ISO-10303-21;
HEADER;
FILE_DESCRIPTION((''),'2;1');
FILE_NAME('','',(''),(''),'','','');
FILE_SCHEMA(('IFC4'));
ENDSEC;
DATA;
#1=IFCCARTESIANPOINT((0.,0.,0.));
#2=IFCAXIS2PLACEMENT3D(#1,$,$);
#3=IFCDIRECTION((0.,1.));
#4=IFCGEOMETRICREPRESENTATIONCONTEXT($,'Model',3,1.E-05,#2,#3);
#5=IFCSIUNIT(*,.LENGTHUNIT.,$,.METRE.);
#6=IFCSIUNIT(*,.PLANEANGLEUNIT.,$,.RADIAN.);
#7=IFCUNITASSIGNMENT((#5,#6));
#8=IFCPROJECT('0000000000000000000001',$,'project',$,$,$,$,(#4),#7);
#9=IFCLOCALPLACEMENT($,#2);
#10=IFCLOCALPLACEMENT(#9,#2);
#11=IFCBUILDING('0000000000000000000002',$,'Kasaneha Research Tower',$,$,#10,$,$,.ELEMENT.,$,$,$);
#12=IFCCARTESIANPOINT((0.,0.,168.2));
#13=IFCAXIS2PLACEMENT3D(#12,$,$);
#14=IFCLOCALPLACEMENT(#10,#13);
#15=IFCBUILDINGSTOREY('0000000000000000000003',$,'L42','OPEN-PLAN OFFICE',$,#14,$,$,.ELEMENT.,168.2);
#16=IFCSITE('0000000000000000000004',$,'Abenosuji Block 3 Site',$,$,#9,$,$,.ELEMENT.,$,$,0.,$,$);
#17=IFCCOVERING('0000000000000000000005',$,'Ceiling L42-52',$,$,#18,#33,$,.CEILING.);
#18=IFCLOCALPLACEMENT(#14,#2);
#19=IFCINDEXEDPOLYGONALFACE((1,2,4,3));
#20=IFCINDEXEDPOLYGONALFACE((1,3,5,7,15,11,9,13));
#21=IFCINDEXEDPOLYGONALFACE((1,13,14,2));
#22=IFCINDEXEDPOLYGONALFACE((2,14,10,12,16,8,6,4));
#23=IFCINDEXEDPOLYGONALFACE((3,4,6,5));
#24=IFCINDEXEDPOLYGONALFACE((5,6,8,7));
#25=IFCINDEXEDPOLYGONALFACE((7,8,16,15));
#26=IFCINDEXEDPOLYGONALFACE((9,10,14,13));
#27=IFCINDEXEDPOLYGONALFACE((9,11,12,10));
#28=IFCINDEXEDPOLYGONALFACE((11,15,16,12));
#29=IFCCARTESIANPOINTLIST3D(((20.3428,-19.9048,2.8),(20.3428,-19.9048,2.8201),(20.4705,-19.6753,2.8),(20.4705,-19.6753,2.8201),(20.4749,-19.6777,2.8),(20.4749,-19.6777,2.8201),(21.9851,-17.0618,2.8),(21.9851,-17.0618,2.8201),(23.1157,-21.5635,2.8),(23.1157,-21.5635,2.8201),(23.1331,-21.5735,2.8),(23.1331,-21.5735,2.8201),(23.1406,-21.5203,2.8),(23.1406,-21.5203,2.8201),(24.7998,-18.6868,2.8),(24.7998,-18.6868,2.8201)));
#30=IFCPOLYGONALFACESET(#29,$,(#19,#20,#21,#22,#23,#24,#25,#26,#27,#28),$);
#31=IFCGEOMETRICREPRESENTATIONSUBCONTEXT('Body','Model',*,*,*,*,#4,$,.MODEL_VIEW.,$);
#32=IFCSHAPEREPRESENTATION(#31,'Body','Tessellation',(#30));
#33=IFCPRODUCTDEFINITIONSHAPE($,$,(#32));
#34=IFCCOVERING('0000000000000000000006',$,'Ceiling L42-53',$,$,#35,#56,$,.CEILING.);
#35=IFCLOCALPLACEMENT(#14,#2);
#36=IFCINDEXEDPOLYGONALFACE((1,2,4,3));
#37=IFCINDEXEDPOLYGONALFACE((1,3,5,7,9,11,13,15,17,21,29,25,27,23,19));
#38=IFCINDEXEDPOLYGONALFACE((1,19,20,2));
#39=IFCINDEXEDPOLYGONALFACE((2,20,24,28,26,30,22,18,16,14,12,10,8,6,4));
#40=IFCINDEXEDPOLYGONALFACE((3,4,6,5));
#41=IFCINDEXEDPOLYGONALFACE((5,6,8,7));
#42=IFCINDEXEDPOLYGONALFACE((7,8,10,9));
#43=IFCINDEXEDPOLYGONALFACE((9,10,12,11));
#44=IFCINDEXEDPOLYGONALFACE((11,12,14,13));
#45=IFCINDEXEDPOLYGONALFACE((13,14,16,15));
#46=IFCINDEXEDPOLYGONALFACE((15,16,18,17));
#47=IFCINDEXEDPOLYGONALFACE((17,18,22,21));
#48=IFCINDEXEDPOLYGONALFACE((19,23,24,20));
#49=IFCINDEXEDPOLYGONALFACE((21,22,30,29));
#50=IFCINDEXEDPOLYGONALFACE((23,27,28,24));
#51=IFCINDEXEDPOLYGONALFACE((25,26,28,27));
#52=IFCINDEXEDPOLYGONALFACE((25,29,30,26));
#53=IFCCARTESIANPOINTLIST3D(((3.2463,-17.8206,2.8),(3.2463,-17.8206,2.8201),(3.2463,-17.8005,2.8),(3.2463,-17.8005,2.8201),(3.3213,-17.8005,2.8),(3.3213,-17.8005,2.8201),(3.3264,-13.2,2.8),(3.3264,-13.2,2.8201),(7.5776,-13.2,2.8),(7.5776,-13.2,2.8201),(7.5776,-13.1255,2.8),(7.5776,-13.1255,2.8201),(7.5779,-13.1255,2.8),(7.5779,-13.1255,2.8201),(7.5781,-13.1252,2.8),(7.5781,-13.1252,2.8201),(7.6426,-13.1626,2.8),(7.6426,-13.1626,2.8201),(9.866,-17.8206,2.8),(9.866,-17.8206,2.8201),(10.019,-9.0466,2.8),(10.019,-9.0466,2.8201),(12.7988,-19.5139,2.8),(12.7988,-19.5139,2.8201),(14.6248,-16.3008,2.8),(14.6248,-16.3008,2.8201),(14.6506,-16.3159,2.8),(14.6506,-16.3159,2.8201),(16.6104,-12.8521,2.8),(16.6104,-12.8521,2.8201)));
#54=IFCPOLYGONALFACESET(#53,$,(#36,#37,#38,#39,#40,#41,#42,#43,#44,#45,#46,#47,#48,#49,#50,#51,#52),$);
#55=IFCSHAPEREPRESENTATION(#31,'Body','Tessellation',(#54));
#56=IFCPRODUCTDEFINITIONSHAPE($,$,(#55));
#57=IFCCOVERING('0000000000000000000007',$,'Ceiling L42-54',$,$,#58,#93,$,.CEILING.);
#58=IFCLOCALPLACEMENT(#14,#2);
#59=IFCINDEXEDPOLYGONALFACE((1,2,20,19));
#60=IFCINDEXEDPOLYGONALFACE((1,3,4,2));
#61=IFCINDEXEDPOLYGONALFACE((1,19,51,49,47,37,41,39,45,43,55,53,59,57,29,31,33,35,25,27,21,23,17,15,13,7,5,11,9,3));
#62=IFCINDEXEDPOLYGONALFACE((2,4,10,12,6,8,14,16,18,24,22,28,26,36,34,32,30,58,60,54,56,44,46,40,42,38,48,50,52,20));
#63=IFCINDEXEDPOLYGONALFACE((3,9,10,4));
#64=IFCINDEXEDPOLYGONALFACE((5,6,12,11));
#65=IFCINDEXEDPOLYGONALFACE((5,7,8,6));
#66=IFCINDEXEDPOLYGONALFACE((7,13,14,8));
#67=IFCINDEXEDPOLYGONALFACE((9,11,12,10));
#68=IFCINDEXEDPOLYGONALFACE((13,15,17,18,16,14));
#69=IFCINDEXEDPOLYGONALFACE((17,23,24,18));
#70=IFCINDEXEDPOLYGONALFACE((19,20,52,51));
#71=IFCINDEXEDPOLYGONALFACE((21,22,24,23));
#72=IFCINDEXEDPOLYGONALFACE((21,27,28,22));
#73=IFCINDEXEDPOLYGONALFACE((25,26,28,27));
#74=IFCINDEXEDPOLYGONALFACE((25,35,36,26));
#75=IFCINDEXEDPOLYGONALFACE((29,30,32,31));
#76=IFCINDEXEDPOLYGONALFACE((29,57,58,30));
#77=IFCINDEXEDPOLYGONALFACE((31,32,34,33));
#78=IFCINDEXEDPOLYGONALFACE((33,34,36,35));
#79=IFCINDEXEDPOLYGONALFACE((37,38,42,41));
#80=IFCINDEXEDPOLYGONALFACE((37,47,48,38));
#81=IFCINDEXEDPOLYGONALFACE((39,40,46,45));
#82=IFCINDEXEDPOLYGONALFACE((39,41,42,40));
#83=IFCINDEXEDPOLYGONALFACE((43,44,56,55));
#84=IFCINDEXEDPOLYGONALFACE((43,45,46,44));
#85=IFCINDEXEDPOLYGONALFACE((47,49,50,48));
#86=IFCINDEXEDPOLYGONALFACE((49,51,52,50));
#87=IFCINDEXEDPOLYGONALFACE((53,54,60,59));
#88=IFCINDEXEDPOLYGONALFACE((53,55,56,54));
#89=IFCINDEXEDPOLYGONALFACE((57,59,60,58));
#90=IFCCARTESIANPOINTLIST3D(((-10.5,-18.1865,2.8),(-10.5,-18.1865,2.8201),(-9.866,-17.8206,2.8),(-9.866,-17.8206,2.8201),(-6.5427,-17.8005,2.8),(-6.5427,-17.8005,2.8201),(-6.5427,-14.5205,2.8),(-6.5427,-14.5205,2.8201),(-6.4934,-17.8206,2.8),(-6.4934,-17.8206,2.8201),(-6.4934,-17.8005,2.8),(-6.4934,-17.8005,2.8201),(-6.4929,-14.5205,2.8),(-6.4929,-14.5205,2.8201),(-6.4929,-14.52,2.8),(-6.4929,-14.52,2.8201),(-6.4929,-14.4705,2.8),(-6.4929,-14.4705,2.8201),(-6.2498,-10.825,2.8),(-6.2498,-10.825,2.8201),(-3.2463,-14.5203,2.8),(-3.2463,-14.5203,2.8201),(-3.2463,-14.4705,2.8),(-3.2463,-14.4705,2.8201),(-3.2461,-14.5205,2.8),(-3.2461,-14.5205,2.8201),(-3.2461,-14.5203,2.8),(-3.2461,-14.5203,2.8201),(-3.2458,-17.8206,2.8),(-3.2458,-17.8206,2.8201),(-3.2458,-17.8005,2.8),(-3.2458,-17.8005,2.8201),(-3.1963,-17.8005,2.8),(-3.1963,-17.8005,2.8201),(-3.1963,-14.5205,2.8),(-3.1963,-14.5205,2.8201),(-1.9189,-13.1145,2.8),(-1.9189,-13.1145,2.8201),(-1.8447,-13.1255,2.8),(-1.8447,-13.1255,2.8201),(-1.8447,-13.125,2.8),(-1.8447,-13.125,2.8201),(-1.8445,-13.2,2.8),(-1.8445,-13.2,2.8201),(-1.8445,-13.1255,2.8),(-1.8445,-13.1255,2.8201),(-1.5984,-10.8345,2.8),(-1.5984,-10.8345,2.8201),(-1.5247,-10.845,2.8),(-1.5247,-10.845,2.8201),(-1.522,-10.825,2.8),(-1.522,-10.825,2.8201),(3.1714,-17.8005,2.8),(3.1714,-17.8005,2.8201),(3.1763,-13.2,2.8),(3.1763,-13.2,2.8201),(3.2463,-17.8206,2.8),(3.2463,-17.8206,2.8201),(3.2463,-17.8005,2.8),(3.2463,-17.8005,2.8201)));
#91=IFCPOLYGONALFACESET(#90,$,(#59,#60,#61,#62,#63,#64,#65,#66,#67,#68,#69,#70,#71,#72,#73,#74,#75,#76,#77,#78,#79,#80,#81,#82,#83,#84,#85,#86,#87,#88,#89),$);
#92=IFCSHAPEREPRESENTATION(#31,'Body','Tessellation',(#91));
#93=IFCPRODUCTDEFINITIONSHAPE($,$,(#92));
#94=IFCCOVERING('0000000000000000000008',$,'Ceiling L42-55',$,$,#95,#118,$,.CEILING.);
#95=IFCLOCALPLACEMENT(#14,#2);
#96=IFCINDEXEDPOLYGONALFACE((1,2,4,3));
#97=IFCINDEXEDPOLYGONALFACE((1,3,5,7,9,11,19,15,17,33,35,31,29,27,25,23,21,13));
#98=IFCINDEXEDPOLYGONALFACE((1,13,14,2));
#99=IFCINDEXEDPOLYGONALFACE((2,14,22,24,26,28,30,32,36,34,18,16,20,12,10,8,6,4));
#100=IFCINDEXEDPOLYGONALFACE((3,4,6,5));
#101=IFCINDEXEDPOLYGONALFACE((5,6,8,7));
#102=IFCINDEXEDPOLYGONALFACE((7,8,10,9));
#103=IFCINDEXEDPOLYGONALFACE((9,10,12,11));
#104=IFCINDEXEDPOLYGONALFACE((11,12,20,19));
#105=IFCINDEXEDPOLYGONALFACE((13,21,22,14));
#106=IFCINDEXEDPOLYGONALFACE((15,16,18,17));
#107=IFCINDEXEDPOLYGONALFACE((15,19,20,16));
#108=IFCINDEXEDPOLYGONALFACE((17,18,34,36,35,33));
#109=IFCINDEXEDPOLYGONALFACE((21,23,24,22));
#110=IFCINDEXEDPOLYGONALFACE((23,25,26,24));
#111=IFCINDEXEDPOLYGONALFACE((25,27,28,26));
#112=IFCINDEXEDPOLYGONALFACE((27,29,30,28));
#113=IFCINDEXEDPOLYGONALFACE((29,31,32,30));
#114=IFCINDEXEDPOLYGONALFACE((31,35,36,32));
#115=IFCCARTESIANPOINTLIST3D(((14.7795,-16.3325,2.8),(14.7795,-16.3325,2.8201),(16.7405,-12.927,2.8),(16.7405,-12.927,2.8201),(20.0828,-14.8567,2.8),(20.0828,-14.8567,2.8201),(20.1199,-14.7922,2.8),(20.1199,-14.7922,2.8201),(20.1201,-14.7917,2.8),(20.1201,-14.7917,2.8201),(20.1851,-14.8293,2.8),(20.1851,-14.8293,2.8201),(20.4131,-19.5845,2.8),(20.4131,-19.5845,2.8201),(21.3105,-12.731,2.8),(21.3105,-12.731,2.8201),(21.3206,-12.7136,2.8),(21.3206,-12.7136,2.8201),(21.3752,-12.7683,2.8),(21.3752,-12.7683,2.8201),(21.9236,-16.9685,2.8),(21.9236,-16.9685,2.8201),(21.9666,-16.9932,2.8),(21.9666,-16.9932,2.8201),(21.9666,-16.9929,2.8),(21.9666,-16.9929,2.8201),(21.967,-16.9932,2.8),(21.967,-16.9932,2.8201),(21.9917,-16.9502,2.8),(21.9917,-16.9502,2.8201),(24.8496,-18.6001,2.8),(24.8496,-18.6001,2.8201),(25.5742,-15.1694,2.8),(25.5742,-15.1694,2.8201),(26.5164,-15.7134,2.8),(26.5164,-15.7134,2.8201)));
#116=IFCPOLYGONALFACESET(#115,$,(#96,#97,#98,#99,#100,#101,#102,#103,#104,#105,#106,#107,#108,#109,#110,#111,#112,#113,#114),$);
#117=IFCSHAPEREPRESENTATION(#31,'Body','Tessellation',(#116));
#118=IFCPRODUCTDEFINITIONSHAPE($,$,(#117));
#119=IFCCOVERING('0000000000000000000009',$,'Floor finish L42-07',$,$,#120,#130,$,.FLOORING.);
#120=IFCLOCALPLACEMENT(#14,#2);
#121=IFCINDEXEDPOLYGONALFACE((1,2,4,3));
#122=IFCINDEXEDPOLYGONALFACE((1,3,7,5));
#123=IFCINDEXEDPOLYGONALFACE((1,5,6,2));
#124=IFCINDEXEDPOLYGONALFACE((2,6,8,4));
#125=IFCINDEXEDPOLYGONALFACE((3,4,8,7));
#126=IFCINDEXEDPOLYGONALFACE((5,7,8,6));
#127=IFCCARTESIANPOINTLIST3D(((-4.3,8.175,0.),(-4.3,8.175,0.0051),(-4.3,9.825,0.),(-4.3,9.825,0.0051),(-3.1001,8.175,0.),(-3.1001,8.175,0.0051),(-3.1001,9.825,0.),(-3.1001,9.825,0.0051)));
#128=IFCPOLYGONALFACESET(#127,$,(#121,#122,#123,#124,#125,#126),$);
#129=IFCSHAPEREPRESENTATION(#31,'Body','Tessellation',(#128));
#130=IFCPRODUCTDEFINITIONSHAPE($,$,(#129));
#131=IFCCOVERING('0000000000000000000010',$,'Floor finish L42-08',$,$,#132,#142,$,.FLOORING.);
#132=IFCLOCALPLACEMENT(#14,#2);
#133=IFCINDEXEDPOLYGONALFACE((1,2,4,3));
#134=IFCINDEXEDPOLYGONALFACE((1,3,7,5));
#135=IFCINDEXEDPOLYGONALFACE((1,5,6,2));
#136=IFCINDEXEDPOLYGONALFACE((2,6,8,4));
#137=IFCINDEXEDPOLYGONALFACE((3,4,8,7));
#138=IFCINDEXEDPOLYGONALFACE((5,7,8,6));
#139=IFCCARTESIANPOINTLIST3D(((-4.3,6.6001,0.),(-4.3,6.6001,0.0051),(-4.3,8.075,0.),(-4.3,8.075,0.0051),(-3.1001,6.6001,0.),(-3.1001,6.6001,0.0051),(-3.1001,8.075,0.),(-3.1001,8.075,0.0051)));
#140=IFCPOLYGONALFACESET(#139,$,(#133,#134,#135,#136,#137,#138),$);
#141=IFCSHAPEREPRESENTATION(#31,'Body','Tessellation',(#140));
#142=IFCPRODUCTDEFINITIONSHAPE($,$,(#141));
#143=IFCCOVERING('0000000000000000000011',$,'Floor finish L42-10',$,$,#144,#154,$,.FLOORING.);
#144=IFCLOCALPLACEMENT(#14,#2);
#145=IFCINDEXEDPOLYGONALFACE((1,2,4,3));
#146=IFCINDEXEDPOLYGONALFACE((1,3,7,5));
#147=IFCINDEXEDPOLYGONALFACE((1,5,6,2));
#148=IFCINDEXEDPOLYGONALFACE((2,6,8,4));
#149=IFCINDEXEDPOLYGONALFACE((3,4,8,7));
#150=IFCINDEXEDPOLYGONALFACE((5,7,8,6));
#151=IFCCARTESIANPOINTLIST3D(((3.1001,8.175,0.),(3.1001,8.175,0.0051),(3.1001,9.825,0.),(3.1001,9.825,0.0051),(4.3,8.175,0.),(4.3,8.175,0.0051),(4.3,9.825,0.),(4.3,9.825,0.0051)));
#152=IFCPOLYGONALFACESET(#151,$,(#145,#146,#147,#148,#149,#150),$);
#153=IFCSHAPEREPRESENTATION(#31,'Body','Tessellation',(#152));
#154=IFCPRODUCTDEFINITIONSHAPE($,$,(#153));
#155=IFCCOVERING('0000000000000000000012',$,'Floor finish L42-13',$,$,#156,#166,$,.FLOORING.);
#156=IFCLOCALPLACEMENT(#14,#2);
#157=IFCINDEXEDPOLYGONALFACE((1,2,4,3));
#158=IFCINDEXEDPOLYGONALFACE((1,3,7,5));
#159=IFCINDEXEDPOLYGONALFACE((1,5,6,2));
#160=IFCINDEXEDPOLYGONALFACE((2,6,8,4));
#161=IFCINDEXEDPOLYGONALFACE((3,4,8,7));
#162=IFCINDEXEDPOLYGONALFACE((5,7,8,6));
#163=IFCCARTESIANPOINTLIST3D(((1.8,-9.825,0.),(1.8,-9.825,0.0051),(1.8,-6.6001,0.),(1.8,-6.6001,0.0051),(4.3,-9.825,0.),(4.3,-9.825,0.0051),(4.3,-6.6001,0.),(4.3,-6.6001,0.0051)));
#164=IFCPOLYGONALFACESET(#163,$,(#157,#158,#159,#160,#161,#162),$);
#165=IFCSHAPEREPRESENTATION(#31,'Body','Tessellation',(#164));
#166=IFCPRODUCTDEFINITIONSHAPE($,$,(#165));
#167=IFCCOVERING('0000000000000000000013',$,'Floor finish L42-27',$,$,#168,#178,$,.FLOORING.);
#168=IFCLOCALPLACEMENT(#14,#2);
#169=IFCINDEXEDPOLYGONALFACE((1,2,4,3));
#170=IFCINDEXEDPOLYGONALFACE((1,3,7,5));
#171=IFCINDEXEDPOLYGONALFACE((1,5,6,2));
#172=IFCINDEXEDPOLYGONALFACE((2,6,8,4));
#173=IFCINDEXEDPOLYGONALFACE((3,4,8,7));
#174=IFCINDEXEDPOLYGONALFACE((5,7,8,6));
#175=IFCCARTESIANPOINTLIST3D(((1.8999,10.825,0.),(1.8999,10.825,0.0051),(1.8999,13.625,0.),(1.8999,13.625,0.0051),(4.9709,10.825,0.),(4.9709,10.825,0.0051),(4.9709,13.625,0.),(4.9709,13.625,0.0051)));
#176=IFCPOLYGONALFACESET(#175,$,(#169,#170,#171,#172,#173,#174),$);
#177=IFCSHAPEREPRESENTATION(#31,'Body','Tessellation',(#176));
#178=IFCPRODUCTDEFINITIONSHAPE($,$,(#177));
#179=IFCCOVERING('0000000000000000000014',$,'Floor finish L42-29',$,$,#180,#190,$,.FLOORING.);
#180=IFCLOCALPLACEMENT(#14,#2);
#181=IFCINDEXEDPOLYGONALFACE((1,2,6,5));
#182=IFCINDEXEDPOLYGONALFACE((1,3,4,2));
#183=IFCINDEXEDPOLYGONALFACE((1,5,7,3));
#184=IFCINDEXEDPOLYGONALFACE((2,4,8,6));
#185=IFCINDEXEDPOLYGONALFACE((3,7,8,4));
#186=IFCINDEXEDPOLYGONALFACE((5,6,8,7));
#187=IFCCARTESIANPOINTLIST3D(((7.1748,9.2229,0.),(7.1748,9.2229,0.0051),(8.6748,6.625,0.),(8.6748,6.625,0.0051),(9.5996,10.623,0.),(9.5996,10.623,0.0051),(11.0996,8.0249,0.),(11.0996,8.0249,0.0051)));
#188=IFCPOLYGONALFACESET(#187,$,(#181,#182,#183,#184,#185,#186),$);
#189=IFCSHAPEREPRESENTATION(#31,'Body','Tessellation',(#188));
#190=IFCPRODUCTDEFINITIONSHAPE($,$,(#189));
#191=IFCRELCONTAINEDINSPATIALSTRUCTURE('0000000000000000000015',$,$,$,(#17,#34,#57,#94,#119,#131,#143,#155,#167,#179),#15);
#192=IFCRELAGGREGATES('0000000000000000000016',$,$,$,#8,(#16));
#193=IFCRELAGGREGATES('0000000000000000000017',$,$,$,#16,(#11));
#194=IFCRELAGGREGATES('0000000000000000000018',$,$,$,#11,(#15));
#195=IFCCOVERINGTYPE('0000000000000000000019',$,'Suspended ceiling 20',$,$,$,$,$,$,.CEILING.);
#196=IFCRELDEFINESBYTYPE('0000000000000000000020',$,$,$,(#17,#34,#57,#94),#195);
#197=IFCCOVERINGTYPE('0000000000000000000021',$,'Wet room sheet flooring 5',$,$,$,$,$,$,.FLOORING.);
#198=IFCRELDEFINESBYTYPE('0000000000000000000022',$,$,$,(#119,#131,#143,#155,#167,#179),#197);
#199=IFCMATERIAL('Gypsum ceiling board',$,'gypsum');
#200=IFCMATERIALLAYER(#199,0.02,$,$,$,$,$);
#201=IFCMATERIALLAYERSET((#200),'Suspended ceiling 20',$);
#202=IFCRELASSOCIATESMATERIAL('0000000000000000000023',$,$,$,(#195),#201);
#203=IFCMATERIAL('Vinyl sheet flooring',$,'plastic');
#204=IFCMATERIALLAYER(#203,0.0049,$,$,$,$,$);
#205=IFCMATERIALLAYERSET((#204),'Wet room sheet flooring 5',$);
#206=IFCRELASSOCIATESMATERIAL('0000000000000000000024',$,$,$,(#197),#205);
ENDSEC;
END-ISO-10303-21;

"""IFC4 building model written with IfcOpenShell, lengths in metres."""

from ifc_helpers import new_model, si_unit, direction, frame, origin, place, context, subcontext, project, spatial, polyline, outline, extrude, material, layer, layer_set, type_object, element, save


model = new_model("IFC4")

# Units and contexts
model_context = context("Model", 3, precision=1e-05, world=origin(), true_north=direction((0.0, 1.0)))
body_context = subcontext(model_context, "Body", "Model", "MODEL_VIEW")
ifc_project = project(units=[si_unit("LENGTHUNIT", "METRE"), si_unit("PLANEANGLEUNIT", "RADIAN")], contexts=[model_context])

# Site, building, storey
site_placement = place(None, origin())
site = spatial("IfcSite", under=ifc_project, at=site_placement, Name="Abenosuji Block 3 Site", CompositionType="ELEMENT", RefElevation=0.0)
building_placement = place(site_placement, origin())
building = spatial("IfcBuilding", under=site, at=building_placement, Name="Kasaneha Research Tower", CompositionType="ELEMENT")
storey_placement = place(building_placement, frame((0.0, 0.0, 168.2)))
storey = spatial("IfcBuildingStorey", under=building, at=storey_placement, Name="L42", Description="OPEN-PLAN OFFICE", CompositionType="ELEMENT", Elevation=168.2)

# Coverings
ifc_material_1 = material(Name="Gypsum ceiling board", Category="gypsum")
ifc_layer_1 = layer(ifc_material_1, 0.02)
ifc_layer_set_1 = layer_set([ifc_layer_1], Name="Suspended ceiling 20")
covering_type_1 = type_object("IfcCoveringType", Name="Suspended ceiling 20", PredefinedType="CEILING", material=ifc_layer_set_1)
covering_1_placement = place(storey_placement, frame((0.0, 0.0, 2.8)))
element("IfcCovering", 1, at=covering_1_placement, inside=storey, type_object=covering_type_1, Name="Ceiling L42-52", PredefinedType="CEILING", context=body_context, shape_type="SweptSolid", body=[
    extrude(outline(polyline([(23.1331, -21.5735), (23.1157, -21.5635), (23.1406, -21.5203), (20.3428, -19.9048), (20.4705, -19.6753), (20.4749, -19.6777), (21.9851, -17.0618), (24.7998, -18.6868), (23.1331, -21.5735)])), origin(), (0.0, 0.0, 1.0), 0.02),
])
covering_2_placement = place(storey_placement, frame((0.0, 0.0, 2.8)))
element("IfcCovering", 2, at=covering_2_placement, inside=storey, type_object=covering_type_1, Name="Ceiling L42-53", PredefinedType="CEILING", context=body_context, shape_type="SweptSolid", body=[
    extrude(outline(polyline([(7.5781, -13.1252), (7.6426, -13.1626), (10.019, -9.0466), (16.6104, -12.8521), (14.6248, -16.3008), (14.6506, -16.3159), (12.7988, -19.5139), (9.866, -17.8206), (3.2463, -17.8206), (3.2463, -17.8005), (3.3213, -17.8005), (3.3264, -13.2), (7.5776, -13.2), (7.5776, -13.1255), (7.5779, -13.1255), (7.5781, -13.1252)])), origin(), (0.0, 0.0, 1.0), 0.02),
])
covering_3_placement = place(storey_placement, frame((0.0, 0.0, 2.8)))
element("IfcCovering", 3, at=covering_3_placement, inside=storey, type_object=covering_type_1, Name="Ceiling L42-54", PredefinedType="CEILING", context=body_context, shape_type="SweptSolid", body=[
    extrude(outline(polyline([(-3.2463, -14.5203), (-3.2463, -14.4705), (-6.4929, -14.4705), (-6.4929, -14.52), (-6.4929, -14.52), (-6.4929, -14.5205), (-6.5427, -14.5205), (-6.5427, -17.8005), (-6.4934, -17.8005), (-6.4934, -17.8206), (-9.866, -17.8206), (-10.5, -18.1865), (-6.2498, -10.825), (-1.522, -10.825), (-1.5247, -10.845), (-1.5984, -10.8345), (-1.9189, -13.1145), (-1.8447, -13.125), (-1.8447, -13.1255), (-1.8445, -13.1255), (-1.8445, -13.2), (3.1763, -13.2), (3.1714, -17.8005), (3.2463, -17.8005), (3.2463, -17.8206), (-3.2458, -17.8206), (-3.2458, -17.8005), (-3.1963, -17.8005), (-3.1963, -14.5205), (-3.2461, -14.5205), (-3.2461, -14.5203), (-3.2463, -14.5203)])), origin(), (0.0, 0.0, 1.0), 0.02),
])
covering_4_placement = place(storey_placement, frame((0.0, 0.0, 2.8)))
element("IfcCovering", 4, at=covering_4_placement, inside=storey, type_object=covering_type_1, Name="Ceiling L42-55", PredefinedType="CEILING", context=body_context, shape_type="SweptSolid", body=[
    extrude(outline(polyline([(25.5742, -15.1694), (26.5164, -15.7134), (24.8496, -18.6001), (21.9917, -16.9502), (21.967, -16.9932), (21.9666, -16.9929), (21.9666, -16.9932), (21.9236, -16.9685), (20.4131, -19.5845), (14.7795, -16.3325), (16.7405, -12.927), (20.0828, -14.8567), (20.1199, -14.7922), (20.1199, -14.7922), (20.1201, -14.7917), (20.1851, -14.8293), (21.3752, -12.7683), (21.3105, -12.731), (21.3206, -12.7136), (25.5742, -15.1694)])), origin(), (0.0, 0.0, 1.0), 0.02),
])
ifc_material_2 = material(Name="Vinyl sheet flooring", Category="plastic")
ifc_layer_2 = layer(ifc_material_2, 0.0049)
ifc_layer_set_2 = layer_set([ifc_layer_2], Name="Wet room sheet flooring 5")
covering_type_2 = type_object("IfcCoveringType", Name="Wet room sheet flooring 5", PredefinedType="FLOORING", material=ifc_layer_set_2)
covering_5_placement = place(storey_placement, origin())
element("IfcCovering", 5, at=covering_5_placement, inside=storey, type_object=covering_type_2, Name="Floor finish L42-07", PredefinedType="FLOORING", context=body_context, shape_type="SweptSolid", body=[
    extrude(outline(polyline([(-4.3, 8.175), (-4.3, 9.825), (-3.1001, 9.825), (-3.1001, 8.175), (-4.3, 8.175)])), origin(), (0.0, 0.0, 1.0), 0.0051),
])
covering_6_placement = place(storey_placement, origin())
element("IfcCovering", 6, at=covering_6_placement, inside=storey, type_object=covering_type_2, Name="Floor finish L42-08", PredefinedType="FLOORING", context=body_context, shape_type="SweptSolid", body=[
    extrude(outline(polyline([(-4.3, 6.6001), (-4.3, 8.075), (-3.1001, 8.075), (-3.1001, 6.6001), (-4.3, 6.6001)])), origin(), (0.0, 0.0, 1.0), 0.0051),
])
covering_7_placement = place(storey_placement, origin())
element("IfcCovering", 7, at=covering_7_placement, inside=storey, type_object=covering_type_2, Name="Floor finish L42-10", PredefinedType="FLOORING", context=body_context, shape_type="SweptSolid", body=[
    extrude(outline(polyline([(4.3, 8.175), (3.1001, 8.175), (3.1001, 9.825), (4.3, 9.825), (4.3, 8.175)])), origin(), (0.0, 0.0, 1.0), 0.0051),
])
covering_8_placement = place(storey_placement, origin())
element("IfcCovering", 8, at=covering_8_placement, inside=storey, type_object=covering_type_2, Name="Floor finish L42-13", PredefinedType="FLOORING", context=body_context, shape_type="SweptSolid", body=[
    extrude(outline(polyline([(1.8, -9.825), (1.8, -6.6001), (4.3, -6.6001), (4.3, -9.825), (1.8, -9.825)])), origin(), (0.0, 0.0, 1.0), 0.0051),
])
covering_9_placement = place(storey_placement, origin())
element("IfcCovering", 9, at=covering_9_placement, inside=storey, type_object=covering_type_2, Name="Floor finish L42-27", PredefinedType="FLOORING", context=body_context, shape_type="SweptSolid", body=[
    extrude(outline(polyline([(4.9709, 13.625), (4.9709, 10.825), (1.8999, 10.825), (1.8999, 13.625), (4.9709, 13.625)])), origin(), (0.0, 0.0, 1.0), 0.0051),
])
covering_10_placement = place(storey_placement, origin())
element("IfcCovering", 10, at=covering_10_placement, inside=storey, type_object=covering_type_2, Name="Floor finish L42-29", PredefinedType="FLOORING", context=body_context, shape_type="SweptSolid", body=[
    extrude(outline(polyline([(11.0996, 8.0249), (8.6748, 6.625), (7.1748, 9.2229), (9.5996, 10.623), (11.0996, 8.0249)])), origin(), (0.0, 0.0, 1.0), 0.0051),
])

save(model, "model.ifc")
